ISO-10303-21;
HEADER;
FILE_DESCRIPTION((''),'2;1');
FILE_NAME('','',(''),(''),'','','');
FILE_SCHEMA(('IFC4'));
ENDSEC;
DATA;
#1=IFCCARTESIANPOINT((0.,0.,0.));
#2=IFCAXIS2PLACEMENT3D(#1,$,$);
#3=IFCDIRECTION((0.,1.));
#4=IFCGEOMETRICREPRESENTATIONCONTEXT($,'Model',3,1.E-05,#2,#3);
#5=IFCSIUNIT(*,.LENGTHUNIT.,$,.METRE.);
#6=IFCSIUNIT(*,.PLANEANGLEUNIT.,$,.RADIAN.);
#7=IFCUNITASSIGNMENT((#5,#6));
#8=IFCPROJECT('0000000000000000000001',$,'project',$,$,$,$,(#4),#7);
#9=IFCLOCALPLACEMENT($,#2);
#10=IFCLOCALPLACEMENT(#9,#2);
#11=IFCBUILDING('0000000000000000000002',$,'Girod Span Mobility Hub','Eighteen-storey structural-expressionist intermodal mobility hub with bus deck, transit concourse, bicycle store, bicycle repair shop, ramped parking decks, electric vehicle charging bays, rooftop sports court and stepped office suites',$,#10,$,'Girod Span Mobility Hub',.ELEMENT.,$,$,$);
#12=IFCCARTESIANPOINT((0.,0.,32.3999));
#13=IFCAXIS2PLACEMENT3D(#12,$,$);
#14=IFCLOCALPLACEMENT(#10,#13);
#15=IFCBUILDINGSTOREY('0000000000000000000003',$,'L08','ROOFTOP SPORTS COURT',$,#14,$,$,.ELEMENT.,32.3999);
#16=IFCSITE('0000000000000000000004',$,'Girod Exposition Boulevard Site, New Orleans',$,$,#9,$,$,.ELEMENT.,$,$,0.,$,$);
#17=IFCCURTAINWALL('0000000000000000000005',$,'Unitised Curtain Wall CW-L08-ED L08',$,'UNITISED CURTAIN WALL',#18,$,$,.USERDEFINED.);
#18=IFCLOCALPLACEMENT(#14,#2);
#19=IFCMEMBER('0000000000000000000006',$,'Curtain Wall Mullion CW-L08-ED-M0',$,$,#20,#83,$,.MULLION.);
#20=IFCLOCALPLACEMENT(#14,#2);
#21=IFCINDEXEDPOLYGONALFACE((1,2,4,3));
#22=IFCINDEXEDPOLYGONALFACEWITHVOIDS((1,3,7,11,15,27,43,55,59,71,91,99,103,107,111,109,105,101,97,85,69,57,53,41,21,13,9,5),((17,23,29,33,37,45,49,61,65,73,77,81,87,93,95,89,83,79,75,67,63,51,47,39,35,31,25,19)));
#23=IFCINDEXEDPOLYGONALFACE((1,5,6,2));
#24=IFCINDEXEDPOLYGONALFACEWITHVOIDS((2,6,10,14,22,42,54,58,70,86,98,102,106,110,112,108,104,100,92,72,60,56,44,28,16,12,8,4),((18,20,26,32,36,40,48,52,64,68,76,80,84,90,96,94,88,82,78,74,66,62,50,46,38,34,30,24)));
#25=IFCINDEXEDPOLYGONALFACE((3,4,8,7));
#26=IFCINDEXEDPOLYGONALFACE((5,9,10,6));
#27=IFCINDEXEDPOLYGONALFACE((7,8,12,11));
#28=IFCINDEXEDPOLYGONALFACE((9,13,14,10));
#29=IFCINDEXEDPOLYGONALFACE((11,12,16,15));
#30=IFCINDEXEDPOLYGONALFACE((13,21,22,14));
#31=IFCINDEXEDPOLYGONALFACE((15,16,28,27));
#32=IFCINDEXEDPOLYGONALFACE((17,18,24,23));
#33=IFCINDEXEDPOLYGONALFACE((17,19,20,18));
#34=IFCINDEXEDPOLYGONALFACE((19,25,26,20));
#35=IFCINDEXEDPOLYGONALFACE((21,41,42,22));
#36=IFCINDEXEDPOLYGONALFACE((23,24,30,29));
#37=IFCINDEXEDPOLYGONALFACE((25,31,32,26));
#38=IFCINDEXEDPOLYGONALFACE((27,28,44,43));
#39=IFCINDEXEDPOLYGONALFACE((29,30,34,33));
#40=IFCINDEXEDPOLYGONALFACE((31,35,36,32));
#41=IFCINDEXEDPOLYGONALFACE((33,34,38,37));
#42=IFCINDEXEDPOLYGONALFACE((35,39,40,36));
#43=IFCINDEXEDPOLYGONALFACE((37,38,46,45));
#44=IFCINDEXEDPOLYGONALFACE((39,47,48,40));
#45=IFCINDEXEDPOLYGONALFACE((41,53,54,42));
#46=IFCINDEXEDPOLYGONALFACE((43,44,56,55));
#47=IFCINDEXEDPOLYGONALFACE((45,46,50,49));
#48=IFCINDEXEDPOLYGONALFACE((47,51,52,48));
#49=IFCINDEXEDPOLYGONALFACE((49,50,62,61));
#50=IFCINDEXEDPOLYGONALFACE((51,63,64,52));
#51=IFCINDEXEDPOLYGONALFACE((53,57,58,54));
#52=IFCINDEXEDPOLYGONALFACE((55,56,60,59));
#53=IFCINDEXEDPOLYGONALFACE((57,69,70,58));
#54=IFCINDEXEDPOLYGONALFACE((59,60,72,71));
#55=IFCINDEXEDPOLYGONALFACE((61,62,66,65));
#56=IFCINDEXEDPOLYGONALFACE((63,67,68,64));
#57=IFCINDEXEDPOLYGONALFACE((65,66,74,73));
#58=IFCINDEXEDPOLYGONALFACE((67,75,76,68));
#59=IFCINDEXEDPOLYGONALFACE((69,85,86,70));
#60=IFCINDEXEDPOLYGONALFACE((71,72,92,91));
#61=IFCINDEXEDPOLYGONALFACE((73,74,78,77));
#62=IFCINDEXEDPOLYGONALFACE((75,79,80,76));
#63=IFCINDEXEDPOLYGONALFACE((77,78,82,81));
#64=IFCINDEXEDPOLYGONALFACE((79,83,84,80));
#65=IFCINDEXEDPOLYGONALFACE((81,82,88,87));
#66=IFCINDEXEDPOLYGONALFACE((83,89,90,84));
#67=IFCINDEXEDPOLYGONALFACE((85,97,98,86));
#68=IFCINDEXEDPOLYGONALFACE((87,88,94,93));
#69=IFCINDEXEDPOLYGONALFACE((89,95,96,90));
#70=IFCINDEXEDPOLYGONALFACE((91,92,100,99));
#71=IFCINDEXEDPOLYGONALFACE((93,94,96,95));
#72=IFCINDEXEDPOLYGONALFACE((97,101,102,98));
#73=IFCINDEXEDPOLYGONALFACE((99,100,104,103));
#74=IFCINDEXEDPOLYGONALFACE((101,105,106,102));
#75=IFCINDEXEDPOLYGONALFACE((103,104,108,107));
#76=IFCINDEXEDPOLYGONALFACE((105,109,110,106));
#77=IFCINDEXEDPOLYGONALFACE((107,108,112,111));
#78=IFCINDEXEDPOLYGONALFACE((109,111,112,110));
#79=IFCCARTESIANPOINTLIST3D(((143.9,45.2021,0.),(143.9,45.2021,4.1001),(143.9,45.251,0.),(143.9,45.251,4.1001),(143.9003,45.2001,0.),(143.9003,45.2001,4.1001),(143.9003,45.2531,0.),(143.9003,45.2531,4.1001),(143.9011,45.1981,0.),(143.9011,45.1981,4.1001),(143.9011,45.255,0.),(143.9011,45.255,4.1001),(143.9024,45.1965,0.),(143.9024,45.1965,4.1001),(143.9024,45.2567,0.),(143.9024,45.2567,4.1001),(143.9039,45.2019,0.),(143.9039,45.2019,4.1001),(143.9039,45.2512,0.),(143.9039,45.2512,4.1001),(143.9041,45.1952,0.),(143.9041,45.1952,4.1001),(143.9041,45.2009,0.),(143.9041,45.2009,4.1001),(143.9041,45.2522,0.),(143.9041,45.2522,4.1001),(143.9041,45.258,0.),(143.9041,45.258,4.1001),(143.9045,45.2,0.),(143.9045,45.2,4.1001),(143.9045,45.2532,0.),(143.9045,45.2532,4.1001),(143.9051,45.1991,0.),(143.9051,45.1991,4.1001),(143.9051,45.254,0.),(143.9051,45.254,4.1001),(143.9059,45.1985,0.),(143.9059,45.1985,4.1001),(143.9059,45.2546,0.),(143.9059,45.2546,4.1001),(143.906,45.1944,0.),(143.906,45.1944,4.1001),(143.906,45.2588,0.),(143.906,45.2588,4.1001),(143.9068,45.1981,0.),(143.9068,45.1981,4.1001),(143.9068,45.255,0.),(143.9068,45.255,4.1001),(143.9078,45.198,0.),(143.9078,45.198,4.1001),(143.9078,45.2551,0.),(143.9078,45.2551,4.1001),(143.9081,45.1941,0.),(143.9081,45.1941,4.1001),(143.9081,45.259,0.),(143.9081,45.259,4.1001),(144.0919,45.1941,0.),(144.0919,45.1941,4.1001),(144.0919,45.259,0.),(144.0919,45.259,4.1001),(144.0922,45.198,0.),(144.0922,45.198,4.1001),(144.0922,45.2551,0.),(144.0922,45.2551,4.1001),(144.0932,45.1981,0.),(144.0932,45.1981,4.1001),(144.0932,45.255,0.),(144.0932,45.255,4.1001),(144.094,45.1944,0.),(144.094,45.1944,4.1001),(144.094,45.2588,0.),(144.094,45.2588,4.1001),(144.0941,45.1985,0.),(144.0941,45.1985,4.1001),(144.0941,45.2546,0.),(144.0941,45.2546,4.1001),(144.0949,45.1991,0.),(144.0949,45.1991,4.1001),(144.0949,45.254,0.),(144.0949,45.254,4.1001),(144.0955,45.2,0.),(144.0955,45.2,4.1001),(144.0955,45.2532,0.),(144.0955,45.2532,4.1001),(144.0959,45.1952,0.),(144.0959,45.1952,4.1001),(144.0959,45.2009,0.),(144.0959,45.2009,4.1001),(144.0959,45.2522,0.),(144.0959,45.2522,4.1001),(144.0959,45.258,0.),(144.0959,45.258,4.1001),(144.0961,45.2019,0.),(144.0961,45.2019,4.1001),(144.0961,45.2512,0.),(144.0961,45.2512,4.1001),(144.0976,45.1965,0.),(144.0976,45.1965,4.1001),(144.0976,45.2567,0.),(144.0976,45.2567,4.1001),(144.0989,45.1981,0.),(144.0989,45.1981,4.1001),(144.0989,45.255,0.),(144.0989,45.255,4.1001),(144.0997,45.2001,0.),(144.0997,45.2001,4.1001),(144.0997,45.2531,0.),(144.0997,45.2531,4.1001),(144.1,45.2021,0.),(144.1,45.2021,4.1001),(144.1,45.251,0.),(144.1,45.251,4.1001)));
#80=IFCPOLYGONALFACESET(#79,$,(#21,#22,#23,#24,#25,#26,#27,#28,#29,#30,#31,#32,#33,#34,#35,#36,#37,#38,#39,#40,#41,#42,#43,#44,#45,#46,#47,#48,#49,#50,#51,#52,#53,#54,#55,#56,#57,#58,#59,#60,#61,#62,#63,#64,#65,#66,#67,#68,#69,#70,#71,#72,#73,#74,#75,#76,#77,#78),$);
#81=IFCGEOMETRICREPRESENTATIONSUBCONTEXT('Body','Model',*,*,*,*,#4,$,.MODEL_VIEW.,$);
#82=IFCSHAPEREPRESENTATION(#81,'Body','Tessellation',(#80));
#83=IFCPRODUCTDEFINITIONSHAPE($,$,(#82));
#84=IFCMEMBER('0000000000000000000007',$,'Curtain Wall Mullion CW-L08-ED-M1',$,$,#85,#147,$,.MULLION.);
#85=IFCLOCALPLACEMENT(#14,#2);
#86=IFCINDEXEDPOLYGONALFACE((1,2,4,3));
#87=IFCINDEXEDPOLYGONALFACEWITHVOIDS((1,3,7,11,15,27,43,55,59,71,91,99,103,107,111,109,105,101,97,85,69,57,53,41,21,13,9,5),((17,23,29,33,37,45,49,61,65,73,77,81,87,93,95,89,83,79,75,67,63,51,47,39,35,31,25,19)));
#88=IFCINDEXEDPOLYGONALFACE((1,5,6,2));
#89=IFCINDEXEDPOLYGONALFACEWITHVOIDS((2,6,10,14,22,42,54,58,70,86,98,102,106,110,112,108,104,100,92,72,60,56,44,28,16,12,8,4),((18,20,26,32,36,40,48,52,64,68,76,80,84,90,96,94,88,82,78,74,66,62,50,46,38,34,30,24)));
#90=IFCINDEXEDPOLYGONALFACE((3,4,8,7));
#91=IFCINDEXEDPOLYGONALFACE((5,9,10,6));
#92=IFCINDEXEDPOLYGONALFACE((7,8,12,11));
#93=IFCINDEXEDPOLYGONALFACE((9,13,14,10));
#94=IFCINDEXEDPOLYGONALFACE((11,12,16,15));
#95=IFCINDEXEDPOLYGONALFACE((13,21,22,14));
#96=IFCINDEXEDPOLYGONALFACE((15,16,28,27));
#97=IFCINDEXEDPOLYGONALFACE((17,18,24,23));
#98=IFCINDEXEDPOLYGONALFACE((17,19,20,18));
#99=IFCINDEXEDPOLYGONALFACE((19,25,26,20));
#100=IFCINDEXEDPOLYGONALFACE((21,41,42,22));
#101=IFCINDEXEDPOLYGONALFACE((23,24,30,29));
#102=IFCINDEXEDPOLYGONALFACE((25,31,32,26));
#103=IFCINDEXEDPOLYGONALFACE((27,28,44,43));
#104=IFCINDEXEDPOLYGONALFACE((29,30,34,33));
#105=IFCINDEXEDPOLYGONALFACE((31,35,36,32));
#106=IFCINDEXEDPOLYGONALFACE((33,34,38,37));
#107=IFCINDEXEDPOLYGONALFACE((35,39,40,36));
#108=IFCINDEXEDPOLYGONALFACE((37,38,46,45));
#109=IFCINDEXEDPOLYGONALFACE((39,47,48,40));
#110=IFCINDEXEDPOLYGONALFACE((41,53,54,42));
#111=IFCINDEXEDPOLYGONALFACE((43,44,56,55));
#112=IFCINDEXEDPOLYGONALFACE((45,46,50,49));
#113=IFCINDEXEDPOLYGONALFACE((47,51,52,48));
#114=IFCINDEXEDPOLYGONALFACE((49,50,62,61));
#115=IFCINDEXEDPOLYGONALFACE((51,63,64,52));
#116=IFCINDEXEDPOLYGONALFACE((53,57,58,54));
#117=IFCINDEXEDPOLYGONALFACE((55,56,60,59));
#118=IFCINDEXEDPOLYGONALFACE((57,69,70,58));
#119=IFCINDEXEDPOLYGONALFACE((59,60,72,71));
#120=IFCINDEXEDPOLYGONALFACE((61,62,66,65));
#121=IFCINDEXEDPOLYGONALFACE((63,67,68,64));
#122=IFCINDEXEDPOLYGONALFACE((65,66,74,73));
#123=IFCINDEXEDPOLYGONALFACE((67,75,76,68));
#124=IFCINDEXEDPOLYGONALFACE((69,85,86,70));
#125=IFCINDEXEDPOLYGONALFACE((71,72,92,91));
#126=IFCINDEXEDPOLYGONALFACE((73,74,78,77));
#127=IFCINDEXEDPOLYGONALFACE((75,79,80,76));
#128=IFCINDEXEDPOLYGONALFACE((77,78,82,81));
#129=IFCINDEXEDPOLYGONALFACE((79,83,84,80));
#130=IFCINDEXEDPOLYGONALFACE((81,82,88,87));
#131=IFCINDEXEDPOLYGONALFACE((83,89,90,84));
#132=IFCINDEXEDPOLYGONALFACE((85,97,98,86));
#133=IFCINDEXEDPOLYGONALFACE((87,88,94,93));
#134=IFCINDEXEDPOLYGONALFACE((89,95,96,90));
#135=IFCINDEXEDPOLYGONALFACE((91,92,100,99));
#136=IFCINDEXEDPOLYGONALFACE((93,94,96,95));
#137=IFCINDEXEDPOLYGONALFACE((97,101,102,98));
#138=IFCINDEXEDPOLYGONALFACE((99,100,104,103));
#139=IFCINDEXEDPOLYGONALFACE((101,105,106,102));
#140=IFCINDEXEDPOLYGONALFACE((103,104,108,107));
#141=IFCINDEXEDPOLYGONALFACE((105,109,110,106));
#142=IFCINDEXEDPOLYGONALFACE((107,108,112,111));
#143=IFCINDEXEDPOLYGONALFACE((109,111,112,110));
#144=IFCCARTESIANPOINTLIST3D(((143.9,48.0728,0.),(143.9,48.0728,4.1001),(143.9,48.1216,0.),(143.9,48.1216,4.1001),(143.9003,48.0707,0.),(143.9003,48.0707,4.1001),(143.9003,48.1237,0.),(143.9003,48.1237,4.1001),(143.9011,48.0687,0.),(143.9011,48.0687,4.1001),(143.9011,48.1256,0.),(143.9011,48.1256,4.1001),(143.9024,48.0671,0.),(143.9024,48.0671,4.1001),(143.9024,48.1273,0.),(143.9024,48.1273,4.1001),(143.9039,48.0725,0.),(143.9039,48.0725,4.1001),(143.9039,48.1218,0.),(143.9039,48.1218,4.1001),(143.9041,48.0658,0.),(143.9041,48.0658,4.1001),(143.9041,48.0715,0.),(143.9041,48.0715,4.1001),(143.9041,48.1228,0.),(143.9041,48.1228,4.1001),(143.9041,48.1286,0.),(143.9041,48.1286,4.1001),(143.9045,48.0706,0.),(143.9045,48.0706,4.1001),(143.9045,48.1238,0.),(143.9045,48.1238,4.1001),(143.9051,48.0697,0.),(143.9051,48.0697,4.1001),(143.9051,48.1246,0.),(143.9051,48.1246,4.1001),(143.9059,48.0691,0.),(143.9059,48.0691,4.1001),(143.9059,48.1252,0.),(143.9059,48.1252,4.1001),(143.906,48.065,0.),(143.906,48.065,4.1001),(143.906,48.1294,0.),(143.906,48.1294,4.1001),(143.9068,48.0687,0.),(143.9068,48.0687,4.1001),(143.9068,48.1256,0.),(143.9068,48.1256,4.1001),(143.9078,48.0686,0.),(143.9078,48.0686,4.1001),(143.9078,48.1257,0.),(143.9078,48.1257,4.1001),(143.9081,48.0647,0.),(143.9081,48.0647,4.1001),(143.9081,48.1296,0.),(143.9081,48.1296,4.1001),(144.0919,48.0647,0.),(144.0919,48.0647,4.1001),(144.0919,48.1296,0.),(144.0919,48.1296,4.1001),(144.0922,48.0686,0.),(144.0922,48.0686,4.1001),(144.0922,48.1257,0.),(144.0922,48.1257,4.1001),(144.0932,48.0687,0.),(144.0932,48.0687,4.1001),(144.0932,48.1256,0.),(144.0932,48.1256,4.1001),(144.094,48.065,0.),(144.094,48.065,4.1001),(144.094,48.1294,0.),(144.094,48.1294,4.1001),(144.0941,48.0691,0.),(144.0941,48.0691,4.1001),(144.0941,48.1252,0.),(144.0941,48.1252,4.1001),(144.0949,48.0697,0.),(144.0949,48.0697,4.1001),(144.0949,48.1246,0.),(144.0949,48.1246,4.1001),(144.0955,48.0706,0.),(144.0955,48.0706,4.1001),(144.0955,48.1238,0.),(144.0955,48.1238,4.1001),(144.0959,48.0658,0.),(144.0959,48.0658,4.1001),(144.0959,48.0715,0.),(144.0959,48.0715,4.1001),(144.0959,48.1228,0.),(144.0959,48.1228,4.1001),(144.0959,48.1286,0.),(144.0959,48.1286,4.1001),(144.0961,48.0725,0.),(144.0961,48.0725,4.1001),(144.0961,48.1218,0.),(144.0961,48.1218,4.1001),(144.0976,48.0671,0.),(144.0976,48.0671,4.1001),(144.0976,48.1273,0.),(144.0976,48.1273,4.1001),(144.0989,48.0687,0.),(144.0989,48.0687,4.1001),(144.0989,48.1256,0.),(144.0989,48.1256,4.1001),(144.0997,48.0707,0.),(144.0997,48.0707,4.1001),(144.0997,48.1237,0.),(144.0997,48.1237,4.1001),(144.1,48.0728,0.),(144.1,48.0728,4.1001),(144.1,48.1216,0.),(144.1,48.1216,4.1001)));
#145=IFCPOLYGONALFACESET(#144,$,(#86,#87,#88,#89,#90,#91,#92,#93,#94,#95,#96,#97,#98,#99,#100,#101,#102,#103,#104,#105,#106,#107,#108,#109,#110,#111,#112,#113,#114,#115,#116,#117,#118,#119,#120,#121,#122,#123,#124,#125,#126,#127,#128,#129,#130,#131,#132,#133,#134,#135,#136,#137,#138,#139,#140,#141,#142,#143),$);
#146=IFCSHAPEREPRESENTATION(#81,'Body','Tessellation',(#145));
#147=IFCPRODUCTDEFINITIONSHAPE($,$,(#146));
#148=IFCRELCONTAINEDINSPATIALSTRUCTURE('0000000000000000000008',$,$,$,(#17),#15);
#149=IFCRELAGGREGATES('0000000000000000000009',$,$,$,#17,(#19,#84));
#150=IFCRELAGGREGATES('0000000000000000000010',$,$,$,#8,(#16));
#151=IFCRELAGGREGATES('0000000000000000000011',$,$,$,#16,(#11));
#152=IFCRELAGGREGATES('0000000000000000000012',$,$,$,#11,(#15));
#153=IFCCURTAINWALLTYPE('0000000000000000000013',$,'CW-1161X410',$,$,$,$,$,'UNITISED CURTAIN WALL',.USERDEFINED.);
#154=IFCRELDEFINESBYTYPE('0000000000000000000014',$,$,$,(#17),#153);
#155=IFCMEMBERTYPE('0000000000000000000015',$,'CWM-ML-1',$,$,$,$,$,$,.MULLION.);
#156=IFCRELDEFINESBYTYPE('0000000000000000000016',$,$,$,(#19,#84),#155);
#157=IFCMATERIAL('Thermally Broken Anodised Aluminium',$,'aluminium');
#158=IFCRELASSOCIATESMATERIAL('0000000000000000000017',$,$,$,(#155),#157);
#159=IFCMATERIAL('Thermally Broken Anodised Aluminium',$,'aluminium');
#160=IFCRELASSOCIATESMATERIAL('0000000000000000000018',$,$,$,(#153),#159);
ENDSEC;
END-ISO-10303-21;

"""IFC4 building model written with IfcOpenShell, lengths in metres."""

from ifc_helpers import new_model, si_unit, direction, frame, origin, origin_2d, place, context, subcontext, project, spatial, hollow_rectangle, extrude, material, material_profile, profile_set, type_object, element, aggregate, save


model = new_model("IFC4")

# Units and contexts
model_context = context("Model", 3, precision=1e-05, world=origin(), true_north=direction((0.0, 1.0)))
body_context = subcontext(model_context, "Body", "Model", "MODEL_VIEW")
ifc_project = project(units=[si_unit("LENGTHUNIT", "METRE"), si_unit("PLANEANGLEUNIT", "RADIAN")], contexts=[model_context])

# Site, building, storey
site_placement = place(None, origin())
site = spatial("IfcSite", under=ifc_project, at=site_placement, Name="Girod Exposition Boulevard Site, New Orleans", CompositionType="ELEMENT", RefElevation=0.0)
building_placement = place(site_placement, origin())
building = spatial("IfcBuilding", under=site, at=building_placement, Name="Girod Span Mobility Hub", Description="Eighteen-storey structural-expressionist intermodal mobility hub with bus deck, transit concourse, bicycle store, bicycle repair shop, ramped parking decks, electric vehicle charging bays, rooftop sports court and stepped office suites", LongName="Girod Span Mobility Hub", CompositionType="ELEMENT")
storey_placement = place(building_placement, frame((0.0, 0.0, 32.3999)))
storey = spatial("IfcBuildingStorey", under=building, at=storey_placement, Name="L08", Description="ROOFTOP SPORTS COURT", CompositionType="ELEMENT", Elevation=32.3999)

# Curtain wall, members
ifc_material_1 = material(Name="Thermally Broken Anodised Aluminium", Category="aluminium")
ifc_material_profile_1 = material_profile(ifc_material_1, hollow_rectangle(XDim=0.2, YDim=0.0649, WallThickness=0.0039, InnerFilletRadius=0.0039, OuterFilletRadius=0.0081, at=origin_2d()), Name="CW-ML-65X200")
ifc_profile_set_1 = profile_set([ifc_material_profile_1], Name="Thermally Broken Anodised Aluminium")
member_type_1 = type_object("IfcMemberType", Name="CWM-ML-1", PredefinedType="MULLION", material=ifc_profile_set_1)
ifc_material_2 = material(Name="Thermally Broken Anodised Aluminium", Category="aluminium")
curtain_wall_type_1 = type_object("IfcCurtainWallType", Name="CW-1161X410", ElementType="UNITISED CURTAIN WALL", PredefinedType="USERDEFINED", material=ifc_material_2)
curtain_wall_1_placement = place(storey_placement, origin())
curtain_wall_1 = element("IfcCurtainWall", 1, at=curtain_wall_1_placement, inside=storey, type_object=curtain_wall_type_1, Name="Unitised Curtain Wall CW-L08-ED L08", ObjectType="UNITISED CURTAIN WALL", PredefinedType="USERDEFINED")
member_1_placement = place(storey_placement, frame((144.0, 45.2266, 0.0), z_axis=(0.0, 0.0, 1.0), x_axis=(1.0, 0.0, 0.0)))
member_1 = element("IfcMember", 2, at=member_1_placement, type_object=member_type_1, Name="Curtain Wall Mullion CW-L08-ED-M0", PredefinedType="MULLION", context=body_context, shape_type="SweptSolid", body=[
    extrude(hollow_rectangle(XDim=0.2, YDim=0.0649, WallThickness=0.0039, InnerFilletRadius=0.0039, OuterFilletRadius=0.0081, at=origin_2d()), origin(), (0.0, 0.0, 1.0), 4.1001),
])
member_2_placement = place(storey_placement, frame((144.0, 48.0972, 0.0), z_axis=(0.0, 0.0, 1.0), x_axis=(1.0, 0.0, 0.0)))
member_2 = element("IfcMember", 3, at=member_2_placement, type_object=member_type_1, Name="Curtain Wall Mullion CW-L08-ED-M1", PredefinedType="MULLION", context=body_context, shape_type="SweptSolid", body=[
    extrude(hollow_rectangle(XDim=0.2, YDim=0.0649, WallThickness=0.0039, InnerFilletRadius=0.0039, OuterFilletRadius=0.0081, at=origin_2d()), origin(), (0.0, 0.0, 1.0), 4.1001),
])

aggregate(curtain_wall_1, [member_1, member_2])

save(model, "model.ifc")
